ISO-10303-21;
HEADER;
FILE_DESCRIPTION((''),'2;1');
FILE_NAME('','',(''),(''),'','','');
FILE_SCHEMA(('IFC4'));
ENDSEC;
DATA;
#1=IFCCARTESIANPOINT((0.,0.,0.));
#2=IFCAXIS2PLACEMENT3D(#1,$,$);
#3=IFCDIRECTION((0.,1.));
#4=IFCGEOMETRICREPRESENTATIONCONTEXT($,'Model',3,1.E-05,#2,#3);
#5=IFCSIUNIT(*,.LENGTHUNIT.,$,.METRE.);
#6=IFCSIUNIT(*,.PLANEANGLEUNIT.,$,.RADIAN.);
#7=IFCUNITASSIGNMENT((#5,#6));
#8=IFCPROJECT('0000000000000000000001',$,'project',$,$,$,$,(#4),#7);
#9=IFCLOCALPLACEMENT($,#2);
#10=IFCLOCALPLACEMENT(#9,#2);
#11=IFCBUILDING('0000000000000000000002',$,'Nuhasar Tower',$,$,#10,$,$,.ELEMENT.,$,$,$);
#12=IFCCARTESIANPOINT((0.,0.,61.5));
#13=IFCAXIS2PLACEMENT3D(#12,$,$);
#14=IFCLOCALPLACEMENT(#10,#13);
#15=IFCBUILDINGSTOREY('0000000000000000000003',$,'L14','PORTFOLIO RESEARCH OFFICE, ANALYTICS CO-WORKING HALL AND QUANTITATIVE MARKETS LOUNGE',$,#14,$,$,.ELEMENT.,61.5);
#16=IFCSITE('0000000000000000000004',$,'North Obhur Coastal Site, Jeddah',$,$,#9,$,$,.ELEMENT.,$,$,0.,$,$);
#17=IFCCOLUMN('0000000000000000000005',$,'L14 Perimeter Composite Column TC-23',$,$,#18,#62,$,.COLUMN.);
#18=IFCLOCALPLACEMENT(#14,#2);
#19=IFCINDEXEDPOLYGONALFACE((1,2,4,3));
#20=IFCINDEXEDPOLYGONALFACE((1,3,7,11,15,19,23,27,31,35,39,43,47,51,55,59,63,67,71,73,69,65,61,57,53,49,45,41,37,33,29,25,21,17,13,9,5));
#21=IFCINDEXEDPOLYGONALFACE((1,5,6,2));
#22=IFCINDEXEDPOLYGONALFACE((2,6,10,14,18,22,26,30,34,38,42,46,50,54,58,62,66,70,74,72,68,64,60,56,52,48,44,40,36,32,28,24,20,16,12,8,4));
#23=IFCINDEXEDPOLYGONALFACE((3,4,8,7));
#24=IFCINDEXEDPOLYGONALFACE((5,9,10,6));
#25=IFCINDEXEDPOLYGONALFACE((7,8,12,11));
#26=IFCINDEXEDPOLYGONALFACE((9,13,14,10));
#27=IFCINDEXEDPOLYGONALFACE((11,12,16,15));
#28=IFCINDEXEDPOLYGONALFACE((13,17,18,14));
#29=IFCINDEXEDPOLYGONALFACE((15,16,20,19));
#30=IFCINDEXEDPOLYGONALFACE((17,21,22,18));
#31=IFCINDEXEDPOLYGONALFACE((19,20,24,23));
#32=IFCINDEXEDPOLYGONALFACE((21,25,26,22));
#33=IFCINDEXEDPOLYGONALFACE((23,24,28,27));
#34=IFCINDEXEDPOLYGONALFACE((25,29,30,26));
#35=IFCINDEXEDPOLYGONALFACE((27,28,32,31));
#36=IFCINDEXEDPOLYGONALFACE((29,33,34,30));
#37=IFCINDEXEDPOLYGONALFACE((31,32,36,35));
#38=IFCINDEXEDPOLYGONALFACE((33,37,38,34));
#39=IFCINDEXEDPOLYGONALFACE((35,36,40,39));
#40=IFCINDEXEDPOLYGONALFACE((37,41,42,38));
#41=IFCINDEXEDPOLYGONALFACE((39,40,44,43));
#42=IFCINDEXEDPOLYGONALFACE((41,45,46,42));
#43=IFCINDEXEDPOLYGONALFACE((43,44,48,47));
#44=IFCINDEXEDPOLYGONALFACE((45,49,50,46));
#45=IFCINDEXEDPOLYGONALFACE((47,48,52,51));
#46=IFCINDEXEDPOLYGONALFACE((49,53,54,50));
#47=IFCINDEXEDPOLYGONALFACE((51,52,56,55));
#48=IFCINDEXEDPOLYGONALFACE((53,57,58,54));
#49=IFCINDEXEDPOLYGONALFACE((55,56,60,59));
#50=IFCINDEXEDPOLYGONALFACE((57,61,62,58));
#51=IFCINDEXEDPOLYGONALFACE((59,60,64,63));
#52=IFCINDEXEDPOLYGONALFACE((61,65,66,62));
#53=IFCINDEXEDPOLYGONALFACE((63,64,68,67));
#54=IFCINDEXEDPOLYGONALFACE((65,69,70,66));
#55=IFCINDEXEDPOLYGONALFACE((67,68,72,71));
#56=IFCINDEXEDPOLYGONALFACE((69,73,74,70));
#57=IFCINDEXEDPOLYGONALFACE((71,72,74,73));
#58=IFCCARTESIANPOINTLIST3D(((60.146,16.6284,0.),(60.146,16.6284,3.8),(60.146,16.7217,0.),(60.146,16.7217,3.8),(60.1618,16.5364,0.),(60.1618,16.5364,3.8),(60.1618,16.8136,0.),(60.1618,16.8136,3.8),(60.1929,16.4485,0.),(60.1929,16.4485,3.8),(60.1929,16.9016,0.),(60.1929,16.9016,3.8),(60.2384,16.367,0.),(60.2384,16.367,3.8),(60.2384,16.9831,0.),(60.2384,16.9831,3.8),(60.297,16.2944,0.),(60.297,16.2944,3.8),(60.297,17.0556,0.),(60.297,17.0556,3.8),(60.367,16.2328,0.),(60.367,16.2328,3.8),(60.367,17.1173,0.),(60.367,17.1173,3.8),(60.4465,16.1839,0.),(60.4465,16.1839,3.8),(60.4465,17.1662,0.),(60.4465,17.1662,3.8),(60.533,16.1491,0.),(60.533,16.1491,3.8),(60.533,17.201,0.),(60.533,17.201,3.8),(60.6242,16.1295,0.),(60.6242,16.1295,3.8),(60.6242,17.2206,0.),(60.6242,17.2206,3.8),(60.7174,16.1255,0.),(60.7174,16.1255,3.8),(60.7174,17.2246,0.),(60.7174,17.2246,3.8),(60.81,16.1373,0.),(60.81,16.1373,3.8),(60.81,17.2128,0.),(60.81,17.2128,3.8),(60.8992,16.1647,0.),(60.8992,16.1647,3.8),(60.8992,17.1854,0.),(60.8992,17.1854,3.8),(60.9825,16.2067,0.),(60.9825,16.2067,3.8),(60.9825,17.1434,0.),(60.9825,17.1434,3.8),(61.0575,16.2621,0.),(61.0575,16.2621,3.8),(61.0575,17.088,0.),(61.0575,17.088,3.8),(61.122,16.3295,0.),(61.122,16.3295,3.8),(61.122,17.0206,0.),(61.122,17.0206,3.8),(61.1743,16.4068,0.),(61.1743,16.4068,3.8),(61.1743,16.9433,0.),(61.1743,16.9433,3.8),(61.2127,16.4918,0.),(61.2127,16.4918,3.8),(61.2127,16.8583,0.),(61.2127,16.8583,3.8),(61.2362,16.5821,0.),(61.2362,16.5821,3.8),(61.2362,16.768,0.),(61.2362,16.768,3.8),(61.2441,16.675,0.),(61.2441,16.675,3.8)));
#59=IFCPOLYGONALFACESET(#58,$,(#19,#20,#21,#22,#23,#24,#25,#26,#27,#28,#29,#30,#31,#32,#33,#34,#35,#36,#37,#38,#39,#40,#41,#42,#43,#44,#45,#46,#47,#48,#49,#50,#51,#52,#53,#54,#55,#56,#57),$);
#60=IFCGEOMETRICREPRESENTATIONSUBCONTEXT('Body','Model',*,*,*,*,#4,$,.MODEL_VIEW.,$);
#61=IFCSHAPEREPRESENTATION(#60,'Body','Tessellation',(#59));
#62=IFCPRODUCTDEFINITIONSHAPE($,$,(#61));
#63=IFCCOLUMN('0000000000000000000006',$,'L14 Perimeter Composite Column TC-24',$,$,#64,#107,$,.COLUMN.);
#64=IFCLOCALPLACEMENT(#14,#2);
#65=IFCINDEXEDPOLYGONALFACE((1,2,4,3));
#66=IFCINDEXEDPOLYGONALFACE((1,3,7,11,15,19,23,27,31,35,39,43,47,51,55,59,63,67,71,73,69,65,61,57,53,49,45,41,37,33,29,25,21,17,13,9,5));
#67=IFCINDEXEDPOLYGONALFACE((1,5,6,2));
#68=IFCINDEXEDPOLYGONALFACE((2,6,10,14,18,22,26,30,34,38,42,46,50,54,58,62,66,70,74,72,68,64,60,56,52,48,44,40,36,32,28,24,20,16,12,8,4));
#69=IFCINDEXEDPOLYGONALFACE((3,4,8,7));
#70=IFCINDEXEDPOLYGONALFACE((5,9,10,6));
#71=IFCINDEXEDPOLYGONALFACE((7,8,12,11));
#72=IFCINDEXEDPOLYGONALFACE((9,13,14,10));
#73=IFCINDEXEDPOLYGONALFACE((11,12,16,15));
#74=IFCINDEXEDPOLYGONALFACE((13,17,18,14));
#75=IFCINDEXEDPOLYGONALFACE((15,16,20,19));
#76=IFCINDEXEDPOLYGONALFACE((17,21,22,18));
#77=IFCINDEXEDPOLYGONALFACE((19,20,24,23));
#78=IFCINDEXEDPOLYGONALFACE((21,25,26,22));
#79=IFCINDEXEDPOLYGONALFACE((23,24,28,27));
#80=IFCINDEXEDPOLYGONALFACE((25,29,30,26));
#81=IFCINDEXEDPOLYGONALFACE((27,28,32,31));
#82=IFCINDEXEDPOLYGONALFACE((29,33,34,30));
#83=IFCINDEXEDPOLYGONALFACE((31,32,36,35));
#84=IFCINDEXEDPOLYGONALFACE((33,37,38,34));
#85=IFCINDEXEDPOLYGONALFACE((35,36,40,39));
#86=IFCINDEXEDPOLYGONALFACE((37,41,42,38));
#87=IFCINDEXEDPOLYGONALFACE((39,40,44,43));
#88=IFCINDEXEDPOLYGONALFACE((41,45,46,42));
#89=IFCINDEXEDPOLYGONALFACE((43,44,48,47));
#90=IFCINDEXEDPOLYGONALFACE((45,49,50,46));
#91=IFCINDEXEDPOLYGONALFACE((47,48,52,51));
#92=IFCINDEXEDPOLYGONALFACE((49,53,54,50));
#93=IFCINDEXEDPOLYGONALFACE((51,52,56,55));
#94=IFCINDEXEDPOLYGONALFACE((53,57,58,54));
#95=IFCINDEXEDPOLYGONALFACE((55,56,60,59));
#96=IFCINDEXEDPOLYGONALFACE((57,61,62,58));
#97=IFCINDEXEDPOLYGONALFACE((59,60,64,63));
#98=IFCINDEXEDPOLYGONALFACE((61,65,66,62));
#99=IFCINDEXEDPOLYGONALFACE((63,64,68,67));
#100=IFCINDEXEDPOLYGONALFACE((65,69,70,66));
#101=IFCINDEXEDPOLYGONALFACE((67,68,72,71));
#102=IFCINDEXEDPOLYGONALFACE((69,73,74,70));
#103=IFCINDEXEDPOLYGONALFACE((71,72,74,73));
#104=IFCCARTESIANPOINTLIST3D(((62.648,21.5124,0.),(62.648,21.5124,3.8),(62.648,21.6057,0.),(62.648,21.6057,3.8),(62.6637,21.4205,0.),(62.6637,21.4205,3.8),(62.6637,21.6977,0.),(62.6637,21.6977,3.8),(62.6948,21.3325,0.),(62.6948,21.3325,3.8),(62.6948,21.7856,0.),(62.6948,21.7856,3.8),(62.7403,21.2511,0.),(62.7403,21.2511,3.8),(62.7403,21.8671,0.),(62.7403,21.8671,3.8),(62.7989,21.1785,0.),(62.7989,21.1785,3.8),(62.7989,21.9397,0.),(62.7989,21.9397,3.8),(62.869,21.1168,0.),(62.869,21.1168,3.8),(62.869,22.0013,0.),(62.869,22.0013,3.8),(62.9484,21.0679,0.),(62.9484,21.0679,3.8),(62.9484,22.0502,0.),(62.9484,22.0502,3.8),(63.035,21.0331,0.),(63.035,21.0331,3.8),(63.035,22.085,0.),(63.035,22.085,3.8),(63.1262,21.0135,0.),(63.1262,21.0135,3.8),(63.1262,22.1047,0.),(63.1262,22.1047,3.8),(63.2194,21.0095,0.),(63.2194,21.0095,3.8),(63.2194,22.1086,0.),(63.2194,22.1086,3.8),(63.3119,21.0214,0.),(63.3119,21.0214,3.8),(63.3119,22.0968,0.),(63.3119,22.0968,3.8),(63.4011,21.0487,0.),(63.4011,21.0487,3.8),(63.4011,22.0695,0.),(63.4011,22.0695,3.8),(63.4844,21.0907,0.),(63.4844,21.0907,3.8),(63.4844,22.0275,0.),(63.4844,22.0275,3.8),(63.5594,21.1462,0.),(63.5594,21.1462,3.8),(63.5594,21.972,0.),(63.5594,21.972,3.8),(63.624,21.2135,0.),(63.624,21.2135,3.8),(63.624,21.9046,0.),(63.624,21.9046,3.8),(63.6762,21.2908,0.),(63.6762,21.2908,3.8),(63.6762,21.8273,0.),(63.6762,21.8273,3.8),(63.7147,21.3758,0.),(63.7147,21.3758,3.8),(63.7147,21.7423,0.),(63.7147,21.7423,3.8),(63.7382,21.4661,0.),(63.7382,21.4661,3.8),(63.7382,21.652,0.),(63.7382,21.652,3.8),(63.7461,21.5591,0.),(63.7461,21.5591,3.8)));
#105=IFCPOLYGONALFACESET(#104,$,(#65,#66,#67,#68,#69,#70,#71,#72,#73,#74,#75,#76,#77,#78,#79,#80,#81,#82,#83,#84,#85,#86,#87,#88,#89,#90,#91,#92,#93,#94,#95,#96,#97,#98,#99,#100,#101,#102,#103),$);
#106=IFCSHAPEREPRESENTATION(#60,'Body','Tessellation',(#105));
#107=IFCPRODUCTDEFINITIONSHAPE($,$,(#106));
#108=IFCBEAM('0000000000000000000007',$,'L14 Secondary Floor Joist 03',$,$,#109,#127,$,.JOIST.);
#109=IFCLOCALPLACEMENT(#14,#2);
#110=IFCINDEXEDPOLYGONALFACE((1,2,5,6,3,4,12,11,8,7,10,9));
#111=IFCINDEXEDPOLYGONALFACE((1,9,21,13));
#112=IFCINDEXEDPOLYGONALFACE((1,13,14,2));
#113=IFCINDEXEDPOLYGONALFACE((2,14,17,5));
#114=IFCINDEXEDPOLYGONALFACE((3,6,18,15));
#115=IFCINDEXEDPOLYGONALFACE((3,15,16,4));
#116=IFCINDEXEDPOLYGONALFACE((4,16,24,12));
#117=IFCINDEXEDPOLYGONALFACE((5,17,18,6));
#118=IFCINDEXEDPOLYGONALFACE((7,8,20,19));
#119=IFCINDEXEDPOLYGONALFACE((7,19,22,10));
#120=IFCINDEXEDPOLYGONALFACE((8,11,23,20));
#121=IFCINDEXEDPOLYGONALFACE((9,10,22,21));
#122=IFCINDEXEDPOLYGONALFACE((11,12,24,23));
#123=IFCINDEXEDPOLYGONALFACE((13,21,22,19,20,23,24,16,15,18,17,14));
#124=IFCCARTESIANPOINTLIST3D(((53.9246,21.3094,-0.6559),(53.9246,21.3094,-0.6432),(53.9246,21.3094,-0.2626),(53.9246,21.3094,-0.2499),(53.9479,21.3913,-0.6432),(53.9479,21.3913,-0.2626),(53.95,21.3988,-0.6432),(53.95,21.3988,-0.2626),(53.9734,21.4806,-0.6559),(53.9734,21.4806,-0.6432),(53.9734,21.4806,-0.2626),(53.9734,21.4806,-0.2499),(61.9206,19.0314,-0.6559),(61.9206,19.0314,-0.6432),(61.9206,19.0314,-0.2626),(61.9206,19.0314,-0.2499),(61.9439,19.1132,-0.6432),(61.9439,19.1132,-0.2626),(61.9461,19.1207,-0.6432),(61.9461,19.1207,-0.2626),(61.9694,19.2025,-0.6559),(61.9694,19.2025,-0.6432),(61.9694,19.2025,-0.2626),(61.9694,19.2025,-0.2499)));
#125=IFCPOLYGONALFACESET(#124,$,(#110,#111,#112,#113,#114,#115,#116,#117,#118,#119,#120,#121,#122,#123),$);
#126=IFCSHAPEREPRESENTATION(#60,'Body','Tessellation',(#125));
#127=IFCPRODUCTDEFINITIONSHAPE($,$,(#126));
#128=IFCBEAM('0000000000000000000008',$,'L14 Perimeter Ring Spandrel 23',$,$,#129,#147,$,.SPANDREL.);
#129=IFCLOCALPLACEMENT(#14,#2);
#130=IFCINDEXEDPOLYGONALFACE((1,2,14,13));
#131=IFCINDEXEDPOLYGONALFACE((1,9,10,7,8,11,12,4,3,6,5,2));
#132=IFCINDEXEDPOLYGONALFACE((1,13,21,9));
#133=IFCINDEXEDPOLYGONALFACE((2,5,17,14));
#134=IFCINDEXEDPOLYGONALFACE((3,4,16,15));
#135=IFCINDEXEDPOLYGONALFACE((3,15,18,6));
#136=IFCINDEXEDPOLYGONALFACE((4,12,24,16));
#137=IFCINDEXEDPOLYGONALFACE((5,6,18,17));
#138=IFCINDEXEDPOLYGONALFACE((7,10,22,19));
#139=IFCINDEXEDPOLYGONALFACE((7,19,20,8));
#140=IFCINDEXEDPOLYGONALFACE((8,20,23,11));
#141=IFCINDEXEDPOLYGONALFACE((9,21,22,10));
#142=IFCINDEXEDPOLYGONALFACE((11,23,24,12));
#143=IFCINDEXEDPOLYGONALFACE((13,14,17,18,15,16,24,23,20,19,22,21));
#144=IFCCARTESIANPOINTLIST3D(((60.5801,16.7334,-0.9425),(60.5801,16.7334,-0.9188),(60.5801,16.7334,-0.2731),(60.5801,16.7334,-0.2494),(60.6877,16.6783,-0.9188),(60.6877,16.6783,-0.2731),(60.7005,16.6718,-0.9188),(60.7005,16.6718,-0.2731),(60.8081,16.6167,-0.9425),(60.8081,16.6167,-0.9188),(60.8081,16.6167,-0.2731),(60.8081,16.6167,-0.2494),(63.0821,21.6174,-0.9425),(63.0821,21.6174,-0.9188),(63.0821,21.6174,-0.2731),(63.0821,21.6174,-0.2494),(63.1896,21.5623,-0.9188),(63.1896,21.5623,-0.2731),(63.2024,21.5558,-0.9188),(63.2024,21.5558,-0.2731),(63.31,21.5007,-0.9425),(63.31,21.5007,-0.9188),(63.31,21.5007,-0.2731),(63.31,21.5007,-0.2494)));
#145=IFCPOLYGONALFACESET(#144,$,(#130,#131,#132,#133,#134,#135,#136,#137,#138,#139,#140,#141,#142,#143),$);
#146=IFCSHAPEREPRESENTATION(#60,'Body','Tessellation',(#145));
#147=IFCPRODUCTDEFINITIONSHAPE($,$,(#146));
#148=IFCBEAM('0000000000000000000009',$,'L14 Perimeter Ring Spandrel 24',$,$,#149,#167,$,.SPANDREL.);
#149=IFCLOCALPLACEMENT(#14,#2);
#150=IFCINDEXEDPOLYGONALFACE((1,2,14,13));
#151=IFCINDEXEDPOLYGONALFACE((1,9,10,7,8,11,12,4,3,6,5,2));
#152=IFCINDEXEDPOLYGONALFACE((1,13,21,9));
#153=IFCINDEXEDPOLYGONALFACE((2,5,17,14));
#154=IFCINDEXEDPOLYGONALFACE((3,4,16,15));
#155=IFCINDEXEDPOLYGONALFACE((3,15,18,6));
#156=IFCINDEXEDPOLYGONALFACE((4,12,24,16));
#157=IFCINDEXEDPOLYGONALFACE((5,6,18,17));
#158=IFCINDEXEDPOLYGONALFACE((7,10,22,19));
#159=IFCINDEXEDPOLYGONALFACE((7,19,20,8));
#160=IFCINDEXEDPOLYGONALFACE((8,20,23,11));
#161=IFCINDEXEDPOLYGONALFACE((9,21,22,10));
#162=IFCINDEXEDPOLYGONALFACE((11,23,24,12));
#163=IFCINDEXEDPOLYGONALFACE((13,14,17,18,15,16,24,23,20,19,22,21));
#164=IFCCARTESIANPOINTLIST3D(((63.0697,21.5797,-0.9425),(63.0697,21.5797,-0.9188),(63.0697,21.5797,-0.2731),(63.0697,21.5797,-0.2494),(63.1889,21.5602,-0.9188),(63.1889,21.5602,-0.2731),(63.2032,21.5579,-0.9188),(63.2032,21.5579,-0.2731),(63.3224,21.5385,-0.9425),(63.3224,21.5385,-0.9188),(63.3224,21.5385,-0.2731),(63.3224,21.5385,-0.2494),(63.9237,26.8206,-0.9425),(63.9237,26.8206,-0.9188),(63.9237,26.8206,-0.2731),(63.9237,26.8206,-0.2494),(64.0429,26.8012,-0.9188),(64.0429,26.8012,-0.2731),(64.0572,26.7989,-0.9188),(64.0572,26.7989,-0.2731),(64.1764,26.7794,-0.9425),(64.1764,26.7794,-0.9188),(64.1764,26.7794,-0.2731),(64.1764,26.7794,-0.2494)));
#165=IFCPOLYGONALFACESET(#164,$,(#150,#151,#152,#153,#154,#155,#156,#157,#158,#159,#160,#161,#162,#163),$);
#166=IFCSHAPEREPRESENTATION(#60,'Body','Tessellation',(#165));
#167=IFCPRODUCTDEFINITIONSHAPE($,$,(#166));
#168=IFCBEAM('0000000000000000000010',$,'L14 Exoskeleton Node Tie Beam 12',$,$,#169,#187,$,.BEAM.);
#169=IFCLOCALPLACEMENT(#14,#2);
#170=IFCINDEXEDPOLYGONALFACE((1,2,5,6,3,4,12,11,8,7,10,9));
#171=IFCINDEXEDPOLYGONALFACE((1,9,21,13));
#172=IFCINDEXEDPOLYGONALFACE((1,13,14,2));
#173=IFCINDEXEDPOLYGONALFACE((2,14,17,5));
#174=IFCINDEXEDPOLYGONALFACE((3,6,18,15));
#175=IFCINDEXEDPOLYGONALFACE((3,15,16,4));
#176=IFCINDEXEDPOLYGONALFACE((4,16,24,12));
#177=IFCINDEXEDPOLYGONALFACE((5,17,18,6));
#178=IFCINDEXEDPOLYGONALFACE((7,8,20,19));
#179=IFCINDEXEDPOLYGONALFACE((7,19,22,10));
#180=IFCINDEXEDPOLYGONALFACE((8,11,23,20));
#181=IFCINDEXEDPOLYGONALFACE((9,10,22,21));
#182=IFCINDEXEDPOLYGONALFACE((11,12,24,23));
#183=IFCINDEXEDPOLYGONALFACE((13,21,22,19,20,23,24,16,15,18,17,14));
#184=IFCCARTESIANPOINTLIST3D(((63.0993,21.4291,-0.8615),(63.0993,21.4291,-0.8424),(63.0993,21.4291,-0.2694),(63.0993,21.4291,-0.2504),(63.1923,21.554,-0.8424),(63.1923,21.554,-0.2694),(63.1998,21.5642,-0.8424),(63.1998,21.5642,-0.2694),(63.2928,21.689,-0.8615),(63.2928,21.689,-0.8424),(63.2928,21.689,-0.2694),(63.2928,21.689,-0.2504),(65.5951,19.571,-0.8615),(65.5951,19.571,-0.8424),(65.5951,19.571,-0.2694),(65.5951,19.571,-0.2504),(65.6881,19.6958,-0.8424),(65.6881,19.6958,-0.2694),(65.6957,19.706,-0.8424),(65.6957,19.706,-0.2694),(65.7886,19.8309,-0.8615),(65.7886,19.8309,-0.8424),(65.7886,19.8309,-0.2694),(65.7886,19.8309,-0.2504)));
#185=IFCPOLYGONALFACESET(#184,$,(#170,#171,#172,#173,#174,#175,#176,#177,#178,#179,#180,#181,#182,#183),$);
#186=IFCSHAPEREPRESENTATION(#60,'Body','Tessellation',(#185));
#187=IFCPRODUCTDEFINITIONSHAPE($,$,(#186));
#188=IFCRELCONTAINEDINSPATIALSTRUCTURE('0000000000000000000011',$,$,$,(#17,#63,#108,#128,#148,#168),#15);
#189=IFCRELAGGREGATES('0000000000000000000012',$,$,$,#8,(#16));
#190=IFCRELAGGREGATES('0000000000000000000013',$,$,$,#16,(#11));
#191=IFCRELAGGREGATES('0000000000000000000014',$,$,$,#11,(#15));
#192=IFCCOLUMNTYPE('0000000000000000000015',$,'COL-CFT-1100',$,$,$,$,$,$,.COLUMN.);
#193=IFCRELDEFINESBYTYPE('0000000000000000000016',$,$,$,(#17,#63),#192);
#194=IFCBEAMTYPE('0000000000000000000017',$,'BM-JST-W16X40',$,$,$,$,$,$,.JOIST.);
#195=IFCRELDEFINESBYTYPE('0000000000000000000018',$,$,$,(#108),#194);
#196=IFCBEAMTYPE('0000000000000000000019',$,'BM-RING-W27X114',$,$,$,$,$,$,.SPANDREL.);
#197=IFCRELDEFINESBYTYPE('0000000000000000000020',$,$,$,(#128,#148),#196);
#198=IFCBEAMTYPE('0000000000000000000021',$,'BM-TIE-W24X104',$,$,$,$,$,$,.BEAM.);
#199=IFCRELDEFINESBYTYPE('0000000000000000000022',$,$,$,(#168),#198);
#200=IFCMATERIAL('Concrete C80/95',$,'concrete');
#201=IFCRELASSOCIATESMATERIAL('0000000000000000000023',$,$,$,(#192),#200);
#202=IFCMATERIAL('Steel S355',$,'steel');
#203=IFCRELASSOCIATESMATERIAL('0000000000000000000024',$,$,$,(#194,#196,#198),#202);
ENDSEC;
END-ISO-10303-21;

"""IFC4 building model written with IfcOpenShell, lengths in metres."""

from ifc_helpers import new_model, si_unit, direction, frame, origin, origin_2d, place, context, subcontext, project, spatial, circle, i_section, extrude, material, material_profile, profile_set, type_object, element, save


model = new_model("IFC4")

# Units and contexts
model_context = context("Model", 3, precision=1e-05, world=origin(), true_north=direction((0.0, 1.0)))
body_context = subcontext(model_context, "Body", "Model", "MODEL_VIEW")
ifc_project = project(units=[si_unit("LENGTHUNIT", "METRE"), si_unit("PLANEANGLEUNIT", "RADIAN")], contexts=[model_context])

# Site, building, storey
site_placement = place(None, origin())
site = spatial("IfcSite", under=ifc_project, at=site_placement, Name="North Obhur Coastal Site, Jeddah", CompositionType="ELEMENT", RefElevation=0.0)
building_placement = place(site_placement, origin())
building = spatial("IfcBuilding", under=site, at=building_placement, Name="Nuhasar Tower", CompositionType="ELEMENT")
storey_placement = place(building_placement, frame((0.0, 0.0, 61.5)))
storey = spatial("IfcBuildingStorey", under=building, at=storey_placement, Name="L14", Description="PORTFOLIO RESEARCH OFFICE, ANALYTICS CO-WORKING HALL AND QUANTITATIVE MARKETS LOUNGE", CompositionType="ELEMENT", Elevation=61.5)

# Columns
ifc_material_1 = material(Name="Concrete C80/95", Category="concrete")
ifc_material_profile_1 = material_profile(ifc_material_1, circle(Radius=0.55, at=origin_2d()), Name="CFT1100")
ifc_profile_set_1 = profile_set([ifc_material_profile_1], Name="Concrete C80/95")
column_type = type_object("IfcColumnType", Name="COL-CFT-1100", PredefinedType="COLUMN", material=ifc_profile_set_1)
for number, where, z_axis, x_axis, name in (
    (1, (60.6941, 16.675, 0.0), (0.0, 0.0, 1.0), (1.0, 0.0, 0.0), "L14 Perimeter Composite Column TC-23"),
    (2, (63.196, 21.5591, 0.0), (0.0, 0.0, 1.0), (1.0, 0.0, 0.0), "L14 Perimeter Composite Column TC-24"),
):
    element("IfcColumn", number, at=place(storey_placement, frame(where, z_axis=z_axis, x_axis=x_axis)), inside=storey, type_object=column_type, Name=name, PredefinedType="COLUMN", context=body_context, shape_type="SweptSolid", body=[
        extrude(circle(Radius=0.55, at=origin_2d()), origin(), (0.0, 0.0, 1.0), 3.8),
    ])

# Beams
ifc_material_2 = material(Name="Steel S355", Category="steel")
ifc_material_profile_2 = material_profile(ifc_material_2, i_section(OverallWidth=0.178, OverallDepth=0.406, WebThickness=0.0078, FlangeThickness=0.0127, at=origin_2d()), Name="W16X40")
ifc_profile_set_2 = profile_set([ifc_material_profile_2], Name="Steel S355")
beam_type_1 = type_object("IfcBeamType", Name="BM-JST-W16X40", PredefinedType="JOIST", material=ifc_profile_set_2)
beam_1_placement = place(storey_placement, frame((53.949, 21.395, -0.4529), z_axis=(0.961731, -0.273996, 0.0), x_axis=(0.273996, 0.961731, 0.0)))
element("IfcBeam", 3, at=beam_1_placement, inside=storey, type_object=beam_type_1, Name="L14 Secondary Floor Joist 03", PredefinedType="JOIST", context=body_context, shape_type="SweptSolid", body=[
    extrude(i_section(OverallWidth=0.178, OverallDepth=0.406, WebThickness=0.0078, FlangeThickness=0.0127, at=origin_2d()), origin(), (0.0, 0.0, 1.0), 8.3142),
])
ifc_material_profile_3 = material_profile(ifc_material_2, i_section(OverallWidth=0.2561, OverallDepth=0.6931, WebThickness=0.0144, FlangeThickness=0.0237, at=origin_2d()), Name="W27X114")
ifc_profile_set_3 = profile_set([ifc_material_profile_3], Name="Steel S355")
beam_type_2 = type_object("IfcBeamType", Name="BM-RING-W27X114", PredefinedType="SPANDREL", material=ifc_profile_set_3)
beam_2_placement = place(storey_placement, frame((60.6941, 16.675, -0.5959), z_axis=(0.45593, 0.890016, 0.0), x_axis=(-0.890016, 0.45593, 0.0)))
element("IfcBeam", 4, at=beam_2_placement, inside=storey, type_object=beam_type_2, Name="L14 Perimeter Ring Spandrel 23", PredefinedType="SPANDREL", context=body_context, shape_type="SweptSolid", body=[
    extrude(i_section(OverallWidth=0.2561, OverallDepth=0.6931, WebThickness=0.0144, FlangeThickness=0.0237, at=origin_2d()), origin(), (0.0, 0.0, 1.0), 5.4875),
])
beam_3_placement = place(storey_placement, frame((63.196, 21.5591, -0.5959), z_axis=(0.160827, 0.986983, 0.0), x_axis=(-0.986983, 0.160827, 0.0)))
element("IfcBeam", 5, at=beam_3_placement, inside=storey, type_object=beam_type_2, Name="L14 Perimeter Ring Spandrel 24", PredefinedType="SPANDREL", context=body_context, shape_type="SweptSolid", body=[
    extrude(i_section(OverallWidth=0.2561, OverallDepth=0.6931, WebThickness=0.0144, FlangeThickness=0.0237, at=origin_2d()), origin(), (0.0, 0.0, 1.0), 5.3101),
])
ifc_material_profile_4 = material_profile(ifc_material_2, i_section(OverallWidth=0.324, OverallDepth=0.6111, WebThickness=0.0127, FlangeThickness=0.019, at=origin_2d()), Name="W24X104")
ifc_profile_set_4 = profile_set([ifc_material_profile_4], Name="Steel S355")
beam_type_3 = type_object("IfcBeamType", Name="BM-TIE-W24X104", PredefinedType="BEAM", material=ifc_profile_set_4)
beam_4_placement = place(storey_placement, frame((63.196, 21.5591, -0.5559), z_axis=(0.802113, -0.597172, 0.0), x_axis=(0.597172, 0.802113, 0.0)))
element("IfcBeam", 6, at=beam_4_placement, inside=storey, type_object=beam_type_3, Name="L14 Exoskeleton Node Tie Beam 12", PredefinedType="BEAM", context=body_context, shape_type="SweptSolid", body=[
    extrude(i_section(OverallWidth=0.324, OverallDepth=0.6111, WebThickness=0.0127, FlangeThickness=0.019, at=origin_2d()), origin(), (0.0, 0.0, 1.0), 3.1116),
])

save(model, "model.ifc")
